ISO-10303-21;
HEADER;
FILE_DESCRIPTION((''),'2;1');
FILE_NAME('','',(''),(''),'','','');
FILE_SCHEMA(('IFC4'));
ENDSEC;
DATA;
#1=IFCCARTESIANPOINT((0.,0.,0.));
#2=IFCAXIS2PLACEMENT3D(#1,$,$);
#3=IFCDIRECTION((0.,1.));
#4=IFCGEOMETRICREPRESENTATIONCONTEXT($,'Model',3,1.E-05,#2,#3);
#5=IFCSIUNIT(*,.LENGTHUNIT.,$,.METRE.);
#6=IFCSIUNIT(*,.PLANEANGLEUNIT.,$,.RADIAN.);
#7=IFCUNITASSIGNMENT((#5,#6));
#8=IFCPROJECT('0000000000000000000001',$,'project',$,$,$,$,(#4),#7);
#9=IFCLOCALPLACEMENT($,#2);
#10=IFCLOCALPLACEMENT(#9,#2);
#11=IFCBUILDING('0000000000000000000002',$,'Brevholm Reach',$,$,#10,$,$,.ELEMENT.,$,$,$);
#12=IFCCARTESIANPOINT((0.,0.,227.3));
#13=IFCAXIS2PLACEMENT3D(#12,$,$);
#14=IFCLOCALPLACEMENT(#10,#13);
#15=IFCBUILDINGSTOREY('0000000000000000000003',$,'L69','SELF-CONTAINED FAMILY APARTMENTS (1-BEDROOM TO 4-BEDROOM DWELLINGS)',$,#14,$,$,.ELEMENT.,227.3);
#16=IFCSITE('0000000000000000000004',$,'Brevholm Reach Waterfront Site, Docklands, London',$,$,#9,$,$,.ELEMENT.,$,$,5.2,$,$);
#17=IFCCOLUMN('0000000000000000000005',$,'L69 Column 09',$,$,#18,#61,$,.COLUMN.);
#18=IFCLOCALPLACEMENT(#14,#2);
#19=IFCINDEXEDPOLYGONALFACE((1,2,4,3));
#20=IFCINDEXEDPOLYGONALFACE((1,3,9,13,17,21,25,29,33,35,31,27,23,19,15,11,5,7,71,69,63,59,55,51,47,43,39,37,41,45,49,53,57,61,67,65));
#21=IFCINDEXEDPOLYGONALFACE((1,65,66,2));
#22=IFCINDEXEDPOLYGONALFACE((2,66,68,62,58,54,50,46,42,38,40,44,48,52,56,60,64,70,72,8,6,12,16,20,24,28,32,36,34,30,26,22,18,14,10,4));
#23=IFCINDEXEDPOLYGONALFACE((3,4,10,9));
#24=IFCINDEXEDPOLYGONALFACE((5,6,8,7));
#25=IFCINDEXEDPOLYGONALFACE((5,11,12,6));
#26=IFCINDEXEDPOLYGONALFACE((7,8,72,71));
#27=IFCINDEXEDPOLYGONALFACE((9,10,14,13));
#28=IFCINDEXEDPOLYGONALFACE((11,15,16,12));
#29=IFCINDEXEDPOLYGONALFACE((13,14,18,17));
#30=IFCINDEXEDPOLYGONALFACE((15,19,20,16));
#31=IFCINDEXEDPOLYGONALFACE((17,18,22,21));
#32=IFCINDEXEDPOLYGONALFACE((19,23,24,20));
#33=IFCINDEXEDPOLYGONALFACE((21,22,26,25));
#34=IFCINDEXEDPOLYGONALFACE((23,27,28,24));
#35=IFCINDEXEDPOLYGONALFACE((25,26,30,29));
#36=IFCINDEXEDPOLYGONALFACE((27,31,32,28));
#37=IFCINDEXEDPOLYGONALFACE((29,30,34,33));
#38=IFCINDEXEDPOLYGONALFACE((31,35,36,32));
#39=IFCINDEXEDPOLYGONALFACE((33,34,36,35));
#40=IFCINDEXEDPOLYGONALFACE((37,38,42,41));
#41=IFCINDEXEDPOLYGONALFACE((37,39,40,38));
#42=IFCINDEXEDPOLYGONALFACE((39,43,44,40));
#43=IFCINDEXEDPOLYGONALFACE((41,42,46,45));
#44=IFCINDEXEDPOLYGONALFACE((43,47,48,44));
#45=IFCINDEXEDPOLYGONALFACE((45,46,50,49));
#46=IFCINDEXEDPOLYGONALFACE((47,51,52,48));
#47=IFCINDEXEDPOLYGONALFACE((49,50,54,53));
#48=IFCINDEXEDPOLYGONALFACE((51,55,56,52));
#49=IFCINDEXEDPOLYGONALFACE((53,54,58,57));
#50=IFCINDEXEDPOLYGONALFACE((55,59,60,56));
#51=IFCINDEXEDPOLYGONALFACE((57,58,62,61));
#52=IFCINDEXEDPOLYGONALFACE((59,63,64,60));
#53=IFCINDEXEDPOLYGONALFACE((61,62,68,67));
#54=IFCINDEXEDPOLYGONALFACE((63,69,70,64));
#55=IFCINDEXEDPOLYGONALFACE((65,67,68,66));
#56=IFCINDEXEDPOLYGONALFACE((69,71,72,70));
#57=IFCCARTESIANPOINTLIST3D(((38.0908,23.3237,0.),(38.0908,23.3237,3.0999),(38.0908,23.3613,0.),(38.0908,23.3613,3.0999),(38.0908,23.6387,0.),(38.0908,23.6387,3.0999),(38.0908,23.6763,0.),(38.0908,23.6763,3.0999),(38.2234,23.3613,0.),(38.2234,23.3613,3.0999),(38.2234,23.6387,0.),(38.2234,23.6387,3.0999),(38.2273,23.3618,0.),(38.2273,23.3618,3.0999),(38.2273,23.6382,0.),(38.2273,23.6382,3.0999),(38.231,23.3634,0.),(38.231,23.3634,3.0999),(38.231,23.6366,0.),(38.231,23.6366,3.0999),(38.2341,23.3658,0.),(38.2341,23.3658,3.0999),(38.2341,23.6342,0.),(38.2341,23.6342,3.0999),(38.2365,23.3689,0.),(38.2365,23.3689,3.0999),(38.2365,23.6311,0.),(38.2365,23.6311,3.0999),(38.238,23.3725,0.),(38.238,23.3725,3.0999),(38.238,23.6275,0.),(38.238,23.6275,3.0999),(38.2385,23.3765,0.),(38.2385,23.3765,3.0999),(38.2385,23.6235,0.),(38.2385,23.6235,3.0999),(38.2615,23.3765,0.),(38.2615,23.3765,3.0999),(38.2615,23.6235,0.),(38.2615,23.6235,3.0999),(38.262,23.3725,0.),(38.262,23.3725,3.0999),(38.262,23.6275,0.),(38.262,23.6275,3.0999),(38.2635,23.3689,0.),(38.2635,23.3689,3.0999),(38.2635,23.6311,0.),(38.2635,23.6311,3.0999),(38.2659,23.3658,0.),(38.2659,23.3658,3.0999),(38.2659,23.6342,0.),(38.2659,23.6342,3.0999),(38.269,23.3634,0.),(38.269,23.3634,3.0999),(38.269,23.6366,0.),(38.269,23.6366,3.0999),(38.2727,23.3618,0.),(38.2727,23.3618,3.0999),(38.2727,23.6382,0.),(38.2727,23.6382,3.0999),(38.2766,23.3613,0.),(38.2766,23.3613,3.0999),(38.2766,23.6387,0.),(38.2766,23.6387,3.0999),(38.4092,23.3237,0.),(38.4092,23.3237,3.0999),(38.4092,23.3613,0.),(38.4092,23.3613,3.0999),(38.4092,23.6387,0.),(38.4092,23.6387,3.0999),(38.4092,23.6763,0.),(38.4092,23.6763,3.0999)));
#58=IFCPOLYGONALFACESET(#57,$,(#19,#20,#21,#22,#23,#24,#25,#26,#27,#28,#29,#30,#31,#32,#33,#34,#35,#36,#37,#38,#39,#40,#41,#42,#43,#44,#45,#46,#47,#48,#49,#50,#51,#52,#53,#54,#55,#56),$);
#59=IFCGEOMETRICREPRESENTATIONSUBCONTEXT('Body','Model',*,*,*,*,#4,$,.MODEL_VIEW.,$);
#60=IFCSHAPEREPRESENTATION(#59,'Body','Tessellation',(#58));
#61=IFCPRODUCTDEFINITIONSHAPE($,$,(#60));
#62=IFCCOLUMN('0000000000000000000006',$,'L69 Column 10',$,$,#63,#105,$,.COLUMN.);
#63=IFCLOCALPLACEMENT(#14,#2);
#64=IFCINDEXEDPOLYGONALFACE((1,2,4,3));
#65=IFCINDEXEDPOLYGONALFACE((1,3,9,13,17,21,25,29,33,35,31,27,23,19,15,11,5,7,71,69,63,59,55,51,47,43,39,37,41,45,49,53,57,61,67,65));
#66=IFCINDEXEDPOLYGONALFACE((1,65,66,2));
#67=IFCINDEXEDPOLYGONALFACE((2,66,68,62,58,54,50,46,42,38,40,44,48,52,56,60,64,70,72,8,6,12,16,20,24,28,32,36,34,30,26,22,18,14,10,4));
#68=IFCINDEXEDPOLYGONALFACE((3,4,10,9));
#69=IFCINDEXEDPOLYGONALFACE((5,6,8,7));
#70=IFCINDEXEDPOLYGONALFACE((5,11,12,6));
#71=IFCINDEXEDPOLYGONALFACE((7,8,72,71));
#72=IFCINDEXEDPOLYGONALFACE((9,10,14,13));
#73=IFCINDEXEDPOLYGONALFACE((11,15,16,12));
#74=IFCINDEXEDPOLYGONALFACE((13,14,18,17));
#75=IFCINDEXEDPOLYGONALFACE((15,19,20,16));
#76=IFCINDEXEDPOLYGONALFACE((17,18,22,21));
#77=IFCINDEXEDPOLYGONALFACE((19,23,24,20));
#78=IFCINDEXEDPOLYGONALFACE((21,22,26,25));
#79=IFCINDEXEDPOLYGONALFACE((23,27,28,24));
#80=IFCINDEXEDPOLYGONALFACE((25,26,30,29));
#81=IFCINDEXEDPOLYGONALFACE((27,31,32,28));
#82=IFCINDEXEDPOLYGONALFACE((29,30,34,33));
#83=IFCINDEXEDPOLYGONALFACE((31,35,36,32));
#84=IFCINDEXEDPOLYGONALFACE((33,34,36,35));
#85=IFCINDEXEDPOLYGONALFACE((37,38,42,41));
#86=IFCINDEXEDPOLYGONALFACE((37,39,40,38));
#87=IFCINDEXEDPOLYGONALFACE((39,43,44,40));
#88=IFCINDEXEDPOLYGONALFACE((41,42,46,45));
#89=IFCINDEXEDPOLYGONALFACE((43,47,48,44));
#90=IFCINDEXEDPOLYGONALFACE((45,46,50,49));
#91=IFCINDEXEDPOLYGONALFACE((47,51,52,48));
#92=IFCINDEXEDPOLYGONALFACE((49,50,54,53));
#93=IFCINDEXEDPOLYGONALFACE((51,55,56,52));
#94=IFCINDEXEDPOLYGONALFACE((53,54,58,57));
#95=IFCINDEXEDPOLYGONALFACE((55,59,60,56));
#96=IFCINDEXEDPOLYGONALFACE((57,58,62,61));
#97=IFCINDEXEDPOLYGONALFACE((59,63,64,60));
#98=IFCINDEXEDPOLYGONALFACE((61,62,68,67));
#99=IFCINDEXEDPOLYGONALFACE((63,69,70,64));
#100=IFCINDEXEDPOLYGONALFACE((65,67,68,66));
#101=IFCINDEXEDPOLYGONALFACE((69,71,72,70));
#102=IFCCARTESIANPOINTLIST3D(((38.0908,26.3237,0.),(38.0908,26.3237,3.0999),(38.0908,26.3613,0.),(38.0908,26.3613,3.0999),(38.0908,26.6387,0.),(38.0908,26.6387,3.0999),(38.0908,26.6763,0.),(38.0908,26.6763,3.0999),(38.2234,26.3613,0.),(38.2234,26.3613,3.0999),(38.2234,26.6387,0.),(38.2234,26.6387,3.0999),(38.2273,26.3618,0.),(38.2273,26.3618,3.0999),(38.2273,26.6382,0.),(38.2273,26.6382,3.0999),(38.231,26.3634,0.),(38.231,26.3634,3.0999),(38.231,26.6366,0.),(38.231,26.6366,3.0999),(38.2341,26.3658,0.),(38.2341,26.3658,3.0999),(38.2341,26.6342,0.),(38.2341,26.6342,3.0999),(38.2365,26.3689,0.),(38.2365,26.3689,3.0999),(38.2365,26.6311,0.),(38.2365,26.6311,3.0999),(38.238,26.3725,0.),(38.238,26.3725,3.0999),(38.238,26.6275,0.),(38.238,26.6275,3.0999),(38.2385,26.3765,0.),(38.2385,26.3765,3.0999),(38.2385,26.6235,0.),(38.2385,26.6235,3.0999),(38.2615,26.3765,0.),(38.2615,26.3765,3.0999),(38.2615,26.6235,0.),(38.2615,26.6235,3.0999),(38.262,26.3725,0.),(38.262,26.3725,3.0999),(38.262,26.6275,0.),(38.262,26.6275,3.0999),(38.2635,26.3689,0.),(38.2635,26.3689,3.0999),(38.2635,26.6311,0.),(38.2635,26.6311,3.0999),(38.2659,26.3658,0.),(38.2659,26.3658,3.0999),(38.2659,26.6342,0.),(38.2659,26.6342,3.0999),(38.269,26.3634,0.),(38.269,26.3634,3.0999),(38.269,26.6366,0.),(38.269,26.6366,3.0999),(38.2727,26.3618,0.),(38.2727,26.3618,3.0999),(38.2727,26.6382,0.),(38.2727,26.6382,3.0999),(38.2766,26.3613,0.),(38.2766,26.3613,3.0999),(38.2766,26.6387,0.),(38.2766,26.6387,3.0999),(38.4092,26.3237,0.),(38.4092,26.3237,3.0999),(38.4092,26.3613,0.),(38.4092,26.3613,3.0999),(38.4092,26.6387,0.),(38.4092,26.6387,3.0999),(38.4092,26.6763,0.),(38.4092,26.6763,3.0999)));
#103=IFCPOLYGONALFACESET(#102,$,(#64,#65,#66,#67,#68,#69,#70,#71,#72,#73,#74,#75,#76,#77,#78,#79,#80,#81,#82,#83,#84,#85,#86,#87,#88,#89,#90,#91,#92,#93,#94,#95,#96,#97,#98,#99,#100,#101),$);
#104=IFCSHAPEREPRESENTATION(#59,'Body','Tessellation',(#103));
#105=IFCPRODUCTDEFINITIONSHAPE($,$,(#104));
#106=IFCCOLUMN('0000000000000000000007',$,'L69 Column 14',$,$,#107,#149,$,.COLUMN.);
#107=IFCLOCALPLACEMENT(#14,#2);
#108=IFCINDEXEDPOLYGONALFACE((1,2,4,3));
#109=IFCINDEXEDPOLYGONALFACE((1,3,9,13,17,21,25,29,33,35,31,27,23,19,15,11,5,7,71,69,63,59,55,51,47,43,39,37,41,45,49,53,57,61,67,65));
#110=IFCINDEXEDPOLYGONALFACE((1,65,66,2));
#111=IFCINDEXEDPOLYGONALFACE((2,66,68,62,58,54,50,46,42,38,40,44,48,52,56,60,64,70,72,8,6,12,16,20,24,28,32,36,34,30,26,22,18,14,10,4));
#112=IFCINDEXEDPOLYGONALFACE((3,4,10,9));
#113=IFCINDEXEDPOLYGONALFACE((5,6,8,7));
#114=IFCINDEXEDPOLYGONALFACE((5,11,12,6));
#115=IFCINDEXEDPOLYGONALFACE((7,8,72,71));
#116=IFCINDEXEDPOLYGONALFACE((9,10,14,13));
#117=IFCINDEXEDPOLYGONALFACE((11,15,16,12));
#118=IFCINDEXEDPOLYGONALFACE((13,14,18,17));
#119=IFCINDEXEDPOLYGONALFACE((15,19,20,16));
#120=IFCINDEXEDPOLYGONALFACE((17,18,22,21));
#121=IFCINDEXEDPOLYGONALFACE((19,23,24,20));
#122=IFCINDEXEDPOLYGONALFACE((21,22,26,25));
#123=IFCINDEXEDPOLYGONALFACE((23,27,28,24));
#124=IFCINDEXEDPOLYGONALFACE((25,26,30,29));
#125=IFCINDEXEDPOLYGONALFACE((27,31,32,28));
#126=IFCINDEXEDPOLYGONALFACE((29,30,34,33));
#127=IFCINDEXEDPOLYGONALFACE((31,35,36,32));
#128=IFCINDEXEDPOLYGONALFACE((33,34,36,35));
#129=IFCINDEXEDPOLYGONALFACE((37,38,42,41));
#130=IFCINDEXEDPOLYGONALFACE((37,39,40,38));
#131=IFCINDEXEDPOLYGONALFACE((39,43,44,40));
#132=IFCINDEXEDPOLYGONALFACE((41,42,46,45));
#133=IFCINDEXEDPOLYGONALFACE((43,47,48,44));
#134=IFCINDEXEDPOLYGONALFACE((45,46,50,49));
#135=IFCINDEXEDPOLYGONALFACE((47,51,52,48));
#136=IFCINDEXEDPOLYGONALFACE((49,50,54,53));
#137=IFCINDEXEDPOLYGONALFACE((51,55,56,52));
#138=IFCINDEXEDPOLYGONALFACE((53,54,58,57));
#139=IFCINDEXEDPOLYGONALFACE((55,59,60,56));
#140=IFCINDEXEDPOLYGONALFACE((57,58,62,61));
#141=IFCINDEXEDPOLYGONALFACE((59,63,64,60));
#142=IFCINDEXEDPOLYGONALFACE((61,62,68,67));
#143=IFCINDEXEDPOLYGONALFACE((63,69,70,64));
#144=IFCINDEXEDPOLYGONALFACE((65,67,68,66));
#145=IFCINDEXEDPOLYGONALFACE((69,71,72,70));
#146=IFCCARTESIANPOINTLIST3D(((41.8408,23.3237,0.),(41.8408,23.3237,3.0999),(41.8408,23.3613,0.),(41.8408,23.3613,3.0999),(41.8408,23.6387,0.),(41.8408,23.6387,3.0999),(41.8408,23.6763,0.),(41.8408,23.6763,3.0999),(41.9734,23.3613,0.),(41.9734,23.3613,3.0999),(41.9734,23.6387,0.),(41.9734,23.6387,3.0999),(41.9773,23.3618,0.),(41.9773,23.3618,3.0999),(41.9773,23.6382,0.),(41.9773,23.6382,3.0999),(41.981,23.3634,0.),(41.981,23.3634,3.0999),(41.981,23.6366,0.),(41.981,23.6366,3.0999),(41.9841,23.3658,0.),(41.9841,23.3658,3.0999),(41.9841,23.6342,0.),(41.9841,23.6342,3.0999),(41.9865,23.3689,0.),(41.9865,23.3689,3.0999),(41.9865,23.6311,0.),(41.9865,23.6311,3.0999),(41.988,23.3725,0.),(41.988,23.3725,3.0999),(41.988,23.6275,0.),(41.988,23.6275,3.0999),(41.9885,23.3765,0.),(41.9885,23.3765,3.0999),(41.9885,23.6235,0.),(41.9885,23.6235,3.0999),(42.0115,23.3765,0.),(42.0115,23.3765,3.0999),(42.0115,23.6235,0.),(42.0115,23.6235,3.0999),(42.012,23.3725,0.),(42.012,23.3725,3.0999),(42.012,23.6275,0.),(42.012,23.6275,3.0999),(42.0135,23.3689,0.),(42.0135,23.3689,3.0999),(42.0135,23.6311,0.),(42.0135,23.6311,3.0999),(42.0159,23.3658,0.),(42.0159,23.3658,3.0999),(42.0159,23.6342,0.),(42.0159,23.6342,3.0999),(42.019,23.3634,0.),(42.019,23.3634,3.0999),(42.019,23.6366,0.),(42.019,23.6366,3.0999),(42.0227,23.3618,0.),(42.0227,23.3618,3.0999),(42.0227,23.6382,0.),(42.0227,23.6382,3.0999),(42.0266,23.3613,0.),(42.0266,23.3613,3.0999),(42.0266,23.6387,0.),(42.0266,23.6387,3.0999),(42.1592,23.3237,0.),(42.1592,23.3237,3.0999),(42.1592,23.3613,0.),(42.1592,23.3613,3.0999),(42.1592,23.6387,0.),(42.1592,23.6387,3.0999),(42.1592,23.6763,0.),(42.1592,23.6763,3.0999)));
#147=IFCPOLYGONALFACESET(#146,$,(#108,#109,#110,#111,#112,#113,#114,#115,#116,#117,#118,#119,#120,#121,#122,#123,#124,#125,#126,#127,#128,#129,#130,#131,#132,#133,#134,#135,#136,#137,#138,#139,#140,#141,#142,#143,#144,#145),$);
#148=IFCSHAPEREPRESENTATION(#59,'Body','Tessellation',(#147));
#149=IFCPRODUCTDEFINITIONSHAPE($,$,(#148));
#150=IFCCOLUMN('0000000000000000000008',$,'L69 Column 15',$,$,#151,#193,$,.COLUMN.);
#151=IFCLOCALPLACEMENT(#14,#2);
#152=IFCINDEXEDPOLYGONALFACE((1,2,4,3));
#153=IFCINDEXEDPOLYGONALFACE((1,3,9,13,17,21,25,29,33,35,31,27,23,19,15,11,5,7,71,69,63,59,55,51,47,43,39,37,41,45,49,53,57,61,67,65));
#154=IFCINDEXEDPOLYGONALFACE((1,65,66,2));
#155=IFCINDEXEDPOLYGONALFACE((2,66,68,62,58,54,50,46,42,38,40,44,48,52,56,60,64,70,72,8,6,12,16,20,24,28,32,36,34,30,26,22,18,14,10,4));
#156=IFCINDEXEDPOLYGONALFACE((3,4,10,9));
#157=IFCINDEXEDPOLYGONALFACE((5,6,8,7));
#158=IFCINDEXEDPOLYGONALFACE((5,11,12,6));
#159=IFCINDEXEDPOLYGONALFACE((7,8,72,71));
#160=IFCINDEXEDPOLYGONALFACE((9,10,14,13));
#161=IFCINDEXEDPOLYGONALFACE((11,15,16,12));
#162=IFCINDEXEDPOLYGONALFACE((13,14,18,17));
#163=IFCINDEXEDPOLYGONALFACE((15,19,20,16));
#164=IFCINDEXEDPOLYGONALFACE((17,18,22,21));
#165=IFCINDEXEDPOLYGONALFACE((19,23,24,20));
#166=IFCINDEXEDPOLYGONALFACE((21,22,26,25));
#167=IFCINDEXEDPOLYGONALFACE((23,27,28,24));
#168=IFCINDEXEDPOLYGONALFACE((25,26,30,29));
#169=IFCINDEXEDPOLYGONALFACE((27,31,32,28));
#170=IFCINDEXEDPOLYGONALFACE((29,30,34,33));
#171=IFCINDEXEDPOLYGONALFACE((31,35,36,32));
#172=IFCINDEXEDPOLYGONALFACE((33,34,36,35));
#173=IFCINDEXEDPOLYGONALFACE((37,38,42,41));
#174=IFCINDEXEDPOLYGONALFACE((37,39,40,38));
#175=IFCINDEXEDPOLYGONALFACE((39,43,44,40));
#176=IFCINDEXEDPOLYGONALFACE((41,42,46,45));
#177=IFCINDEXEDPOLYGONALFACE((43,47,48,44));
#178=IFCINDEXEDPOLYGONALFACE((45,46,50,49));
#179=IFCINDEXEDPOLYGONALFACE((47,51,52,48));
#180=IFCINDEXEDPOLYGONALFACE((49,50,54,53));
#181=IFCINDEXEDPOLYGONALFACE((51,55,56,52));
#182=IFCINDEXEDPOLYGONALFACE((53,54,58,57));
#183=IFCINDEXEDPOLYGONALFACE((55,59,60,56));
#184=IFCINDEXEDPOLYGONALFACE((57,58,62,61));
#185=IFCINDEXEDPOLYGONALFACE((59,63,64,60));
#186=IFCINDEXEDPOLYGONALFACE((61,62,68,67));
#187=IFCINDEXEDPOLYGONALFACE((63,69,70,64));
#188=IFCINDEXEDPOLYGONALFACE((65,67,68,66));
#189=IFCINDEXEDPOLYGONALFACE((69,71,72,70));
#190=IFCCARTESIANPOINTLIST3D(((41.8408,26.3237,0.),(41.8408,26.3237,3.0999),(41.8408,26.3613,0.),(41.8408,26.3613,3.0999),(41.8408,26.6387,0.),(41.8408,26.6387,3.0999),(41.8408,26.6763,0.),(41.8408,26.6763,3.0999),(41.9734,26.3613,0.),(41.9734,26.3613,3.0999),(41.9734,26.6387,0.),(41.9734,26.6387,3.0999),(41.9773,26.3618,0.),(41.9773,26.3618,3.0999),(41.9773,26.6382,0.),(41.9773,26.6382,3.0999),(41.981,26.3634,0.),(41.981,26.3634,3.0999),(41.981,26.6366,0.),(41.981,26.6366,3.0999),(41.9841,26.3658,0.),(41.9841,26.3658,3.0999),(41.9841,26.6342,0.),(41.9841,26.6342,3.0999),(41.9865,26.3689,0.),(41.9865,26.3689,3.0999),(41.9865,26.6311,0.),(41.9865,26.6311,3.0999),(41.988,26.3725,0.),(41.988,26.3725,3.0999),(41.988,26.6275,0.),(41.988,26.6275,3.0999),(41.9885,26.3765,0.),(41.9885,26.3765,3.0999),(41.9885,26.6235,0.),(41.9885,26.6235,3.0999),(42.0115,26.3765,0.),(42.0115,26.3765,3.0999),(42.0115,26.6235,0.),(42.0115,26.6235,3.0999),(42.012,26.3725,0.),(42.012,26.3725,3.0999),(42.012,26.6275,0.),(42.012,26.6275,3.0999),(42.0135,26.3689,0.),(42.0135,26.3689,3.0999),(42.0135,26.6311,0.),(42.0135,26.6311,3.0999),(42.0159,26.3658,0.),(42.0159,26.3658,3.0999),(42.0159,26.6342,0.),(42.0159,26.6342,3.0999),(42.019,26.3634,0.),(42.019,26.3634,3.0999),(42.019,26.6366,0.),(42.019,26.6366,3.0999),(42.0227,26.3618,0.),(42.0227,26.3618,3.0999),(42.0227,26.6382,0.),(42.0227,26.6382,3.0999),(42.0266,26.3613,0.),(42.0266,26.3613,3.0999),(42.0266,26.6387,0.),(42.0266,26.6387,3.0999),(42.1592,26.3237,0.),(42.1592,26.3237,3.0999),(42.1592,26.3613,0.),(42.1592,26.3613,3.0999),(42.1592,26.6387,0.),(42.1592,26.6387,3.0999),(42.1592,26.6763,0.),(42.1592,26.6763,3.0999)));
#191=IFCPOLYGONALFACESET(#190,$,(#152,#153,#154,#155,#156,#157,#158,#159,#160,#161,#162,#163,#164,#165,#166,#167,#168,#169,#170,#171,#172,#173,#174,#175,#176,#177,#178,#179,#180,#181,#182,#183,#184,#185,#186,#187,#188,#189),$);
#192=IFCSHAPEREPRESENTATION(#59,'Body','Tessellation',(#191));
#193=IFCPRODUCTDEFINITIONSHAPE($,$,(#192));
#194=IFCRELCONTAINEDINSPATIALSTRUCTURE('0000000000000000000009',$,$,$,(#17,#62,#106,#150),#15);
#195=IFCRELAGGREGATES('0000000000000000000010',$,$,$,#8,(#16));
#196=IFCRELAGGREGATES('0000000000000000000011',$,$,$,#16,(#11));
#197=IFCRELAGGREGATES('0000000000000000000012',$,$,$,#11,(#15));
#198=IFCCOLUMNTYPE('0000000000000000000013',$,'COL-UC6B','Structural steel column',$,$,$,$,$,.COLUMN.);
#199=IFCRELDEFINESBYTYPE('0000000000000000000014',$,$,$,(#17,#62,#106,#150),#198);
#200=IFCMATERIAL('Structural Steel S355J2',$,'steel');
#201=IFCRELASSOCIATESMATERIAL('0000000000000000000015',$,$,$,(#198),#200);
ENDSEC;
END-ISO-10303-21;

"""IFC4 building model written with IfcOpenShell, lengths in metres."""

from ifc_helpers import new_model, si_unit, direction, frame, origin, origin_2d, place, context, subcontext, project, spatial, i_section, extrude, material, material_profile, profile_set, type_object, element, save


model = new_model("IFC4")

# Units and contexts
model_context = context("Model", 3, precision=1e-05, world=origin(), true_north=direction((0.0, 1.0)))
body_context = subcontext(model_context, "Body", "Model", "MODEL_VIEW")
ifc_project = project(units=[si_unit("LENGTHUNIT", "METRE"), si_unit("PLANEANGLEUNIT", "RADIAN")], contexts=[model_context])

# Site, building, storey
site_placement = place(None, origin())
site = spatial("IfcSite", under=ifc_project, at=site_placement, Name="Brevholm Reach Waterfront Site, Docklands, London", CompositionType="ELEMENT", RefElevation=5.2)
building_placement = place(site_placement, origin())
building = spatial("IfcBuilding", under=site, at=building_placement, Name="Brevholm Reach", CompositionType="ELEMENT")
storey_placement = place(building_placement, frame((0.0, 0.0, 227.3)))
storey = spatial("IfcBuildingStorey", under=building, at=storey_placement, Name="L69", Description="SELF-CONTAINED FAMILY APARTMENTS (1-BEDROOM TO 4-BEDROOM DWELLINGS)", CompositionType="ELEMENT", Elevation=227.3)

# Columns
ifc_material_1 = material(Name="Structural Steel S355J2", Category="steel")
ifc_material_profile_1 = material_profile(ifc_material_1, i_section(OverallWidth=0.3184, OverallDepth=0.3525, WebThickness=0.0229, FlangeThickness=0.0376, FilletRadius=0.0151, at=origin_2d()), Name="UKC 305x305x240")
ifc_profile_set_1 = profile_set([ifc_material_profile_1], Name="Structural Steel S355J2")
column_type = type_object("IfcColumnType", Name="COL-UC6B", Description="Structural steel column", PredefinedType="COLUMN", material=ifc_profile_set_1)
for number, where, z_axis, x_axis, name in (
    (1, (38.25, 23.5, 0.0), (0.0, 0.0, 1.0), (1.0, 0.0, 0.0), "L69 Column 09"),
    (2, (38.25, 26.5, 0.0), (0.0, 0.0, 1.0), (1.0, 0.0, 0.0), "L69 Column 10"),
    (3, (42.0, 23.5, 0.0), (0.0, 0.0, 1.0), (1.0, 0.0, 0.0), "L69 Column 14"),
    (4, (42.0, 26.5, 0.0), (0.0, 0.0, 1.0), (1.0, 0.0, 0.0), "L69 Column 15"),
):
    element("IfcColumn", number, at=place(storey_placement, frame(where, z_axis=z_axis, x_axis=x_axis)), inside=storey, type_object=column_type, Name=name, PredefinedType="COLUMN", context=body_context, shape_type="SweptSolid", body=[
        extrude(i_section(OverallWidth=0.3184, OverallDepth=0.3525, WebThickness=0.0229, FlangeThickness=0.0376, FilletRadius=0.0151, at=origin_2d()), origin(), (0.0, 0.0, 1.0), 3.0999),
    ])

save(model, "model.ifc")
